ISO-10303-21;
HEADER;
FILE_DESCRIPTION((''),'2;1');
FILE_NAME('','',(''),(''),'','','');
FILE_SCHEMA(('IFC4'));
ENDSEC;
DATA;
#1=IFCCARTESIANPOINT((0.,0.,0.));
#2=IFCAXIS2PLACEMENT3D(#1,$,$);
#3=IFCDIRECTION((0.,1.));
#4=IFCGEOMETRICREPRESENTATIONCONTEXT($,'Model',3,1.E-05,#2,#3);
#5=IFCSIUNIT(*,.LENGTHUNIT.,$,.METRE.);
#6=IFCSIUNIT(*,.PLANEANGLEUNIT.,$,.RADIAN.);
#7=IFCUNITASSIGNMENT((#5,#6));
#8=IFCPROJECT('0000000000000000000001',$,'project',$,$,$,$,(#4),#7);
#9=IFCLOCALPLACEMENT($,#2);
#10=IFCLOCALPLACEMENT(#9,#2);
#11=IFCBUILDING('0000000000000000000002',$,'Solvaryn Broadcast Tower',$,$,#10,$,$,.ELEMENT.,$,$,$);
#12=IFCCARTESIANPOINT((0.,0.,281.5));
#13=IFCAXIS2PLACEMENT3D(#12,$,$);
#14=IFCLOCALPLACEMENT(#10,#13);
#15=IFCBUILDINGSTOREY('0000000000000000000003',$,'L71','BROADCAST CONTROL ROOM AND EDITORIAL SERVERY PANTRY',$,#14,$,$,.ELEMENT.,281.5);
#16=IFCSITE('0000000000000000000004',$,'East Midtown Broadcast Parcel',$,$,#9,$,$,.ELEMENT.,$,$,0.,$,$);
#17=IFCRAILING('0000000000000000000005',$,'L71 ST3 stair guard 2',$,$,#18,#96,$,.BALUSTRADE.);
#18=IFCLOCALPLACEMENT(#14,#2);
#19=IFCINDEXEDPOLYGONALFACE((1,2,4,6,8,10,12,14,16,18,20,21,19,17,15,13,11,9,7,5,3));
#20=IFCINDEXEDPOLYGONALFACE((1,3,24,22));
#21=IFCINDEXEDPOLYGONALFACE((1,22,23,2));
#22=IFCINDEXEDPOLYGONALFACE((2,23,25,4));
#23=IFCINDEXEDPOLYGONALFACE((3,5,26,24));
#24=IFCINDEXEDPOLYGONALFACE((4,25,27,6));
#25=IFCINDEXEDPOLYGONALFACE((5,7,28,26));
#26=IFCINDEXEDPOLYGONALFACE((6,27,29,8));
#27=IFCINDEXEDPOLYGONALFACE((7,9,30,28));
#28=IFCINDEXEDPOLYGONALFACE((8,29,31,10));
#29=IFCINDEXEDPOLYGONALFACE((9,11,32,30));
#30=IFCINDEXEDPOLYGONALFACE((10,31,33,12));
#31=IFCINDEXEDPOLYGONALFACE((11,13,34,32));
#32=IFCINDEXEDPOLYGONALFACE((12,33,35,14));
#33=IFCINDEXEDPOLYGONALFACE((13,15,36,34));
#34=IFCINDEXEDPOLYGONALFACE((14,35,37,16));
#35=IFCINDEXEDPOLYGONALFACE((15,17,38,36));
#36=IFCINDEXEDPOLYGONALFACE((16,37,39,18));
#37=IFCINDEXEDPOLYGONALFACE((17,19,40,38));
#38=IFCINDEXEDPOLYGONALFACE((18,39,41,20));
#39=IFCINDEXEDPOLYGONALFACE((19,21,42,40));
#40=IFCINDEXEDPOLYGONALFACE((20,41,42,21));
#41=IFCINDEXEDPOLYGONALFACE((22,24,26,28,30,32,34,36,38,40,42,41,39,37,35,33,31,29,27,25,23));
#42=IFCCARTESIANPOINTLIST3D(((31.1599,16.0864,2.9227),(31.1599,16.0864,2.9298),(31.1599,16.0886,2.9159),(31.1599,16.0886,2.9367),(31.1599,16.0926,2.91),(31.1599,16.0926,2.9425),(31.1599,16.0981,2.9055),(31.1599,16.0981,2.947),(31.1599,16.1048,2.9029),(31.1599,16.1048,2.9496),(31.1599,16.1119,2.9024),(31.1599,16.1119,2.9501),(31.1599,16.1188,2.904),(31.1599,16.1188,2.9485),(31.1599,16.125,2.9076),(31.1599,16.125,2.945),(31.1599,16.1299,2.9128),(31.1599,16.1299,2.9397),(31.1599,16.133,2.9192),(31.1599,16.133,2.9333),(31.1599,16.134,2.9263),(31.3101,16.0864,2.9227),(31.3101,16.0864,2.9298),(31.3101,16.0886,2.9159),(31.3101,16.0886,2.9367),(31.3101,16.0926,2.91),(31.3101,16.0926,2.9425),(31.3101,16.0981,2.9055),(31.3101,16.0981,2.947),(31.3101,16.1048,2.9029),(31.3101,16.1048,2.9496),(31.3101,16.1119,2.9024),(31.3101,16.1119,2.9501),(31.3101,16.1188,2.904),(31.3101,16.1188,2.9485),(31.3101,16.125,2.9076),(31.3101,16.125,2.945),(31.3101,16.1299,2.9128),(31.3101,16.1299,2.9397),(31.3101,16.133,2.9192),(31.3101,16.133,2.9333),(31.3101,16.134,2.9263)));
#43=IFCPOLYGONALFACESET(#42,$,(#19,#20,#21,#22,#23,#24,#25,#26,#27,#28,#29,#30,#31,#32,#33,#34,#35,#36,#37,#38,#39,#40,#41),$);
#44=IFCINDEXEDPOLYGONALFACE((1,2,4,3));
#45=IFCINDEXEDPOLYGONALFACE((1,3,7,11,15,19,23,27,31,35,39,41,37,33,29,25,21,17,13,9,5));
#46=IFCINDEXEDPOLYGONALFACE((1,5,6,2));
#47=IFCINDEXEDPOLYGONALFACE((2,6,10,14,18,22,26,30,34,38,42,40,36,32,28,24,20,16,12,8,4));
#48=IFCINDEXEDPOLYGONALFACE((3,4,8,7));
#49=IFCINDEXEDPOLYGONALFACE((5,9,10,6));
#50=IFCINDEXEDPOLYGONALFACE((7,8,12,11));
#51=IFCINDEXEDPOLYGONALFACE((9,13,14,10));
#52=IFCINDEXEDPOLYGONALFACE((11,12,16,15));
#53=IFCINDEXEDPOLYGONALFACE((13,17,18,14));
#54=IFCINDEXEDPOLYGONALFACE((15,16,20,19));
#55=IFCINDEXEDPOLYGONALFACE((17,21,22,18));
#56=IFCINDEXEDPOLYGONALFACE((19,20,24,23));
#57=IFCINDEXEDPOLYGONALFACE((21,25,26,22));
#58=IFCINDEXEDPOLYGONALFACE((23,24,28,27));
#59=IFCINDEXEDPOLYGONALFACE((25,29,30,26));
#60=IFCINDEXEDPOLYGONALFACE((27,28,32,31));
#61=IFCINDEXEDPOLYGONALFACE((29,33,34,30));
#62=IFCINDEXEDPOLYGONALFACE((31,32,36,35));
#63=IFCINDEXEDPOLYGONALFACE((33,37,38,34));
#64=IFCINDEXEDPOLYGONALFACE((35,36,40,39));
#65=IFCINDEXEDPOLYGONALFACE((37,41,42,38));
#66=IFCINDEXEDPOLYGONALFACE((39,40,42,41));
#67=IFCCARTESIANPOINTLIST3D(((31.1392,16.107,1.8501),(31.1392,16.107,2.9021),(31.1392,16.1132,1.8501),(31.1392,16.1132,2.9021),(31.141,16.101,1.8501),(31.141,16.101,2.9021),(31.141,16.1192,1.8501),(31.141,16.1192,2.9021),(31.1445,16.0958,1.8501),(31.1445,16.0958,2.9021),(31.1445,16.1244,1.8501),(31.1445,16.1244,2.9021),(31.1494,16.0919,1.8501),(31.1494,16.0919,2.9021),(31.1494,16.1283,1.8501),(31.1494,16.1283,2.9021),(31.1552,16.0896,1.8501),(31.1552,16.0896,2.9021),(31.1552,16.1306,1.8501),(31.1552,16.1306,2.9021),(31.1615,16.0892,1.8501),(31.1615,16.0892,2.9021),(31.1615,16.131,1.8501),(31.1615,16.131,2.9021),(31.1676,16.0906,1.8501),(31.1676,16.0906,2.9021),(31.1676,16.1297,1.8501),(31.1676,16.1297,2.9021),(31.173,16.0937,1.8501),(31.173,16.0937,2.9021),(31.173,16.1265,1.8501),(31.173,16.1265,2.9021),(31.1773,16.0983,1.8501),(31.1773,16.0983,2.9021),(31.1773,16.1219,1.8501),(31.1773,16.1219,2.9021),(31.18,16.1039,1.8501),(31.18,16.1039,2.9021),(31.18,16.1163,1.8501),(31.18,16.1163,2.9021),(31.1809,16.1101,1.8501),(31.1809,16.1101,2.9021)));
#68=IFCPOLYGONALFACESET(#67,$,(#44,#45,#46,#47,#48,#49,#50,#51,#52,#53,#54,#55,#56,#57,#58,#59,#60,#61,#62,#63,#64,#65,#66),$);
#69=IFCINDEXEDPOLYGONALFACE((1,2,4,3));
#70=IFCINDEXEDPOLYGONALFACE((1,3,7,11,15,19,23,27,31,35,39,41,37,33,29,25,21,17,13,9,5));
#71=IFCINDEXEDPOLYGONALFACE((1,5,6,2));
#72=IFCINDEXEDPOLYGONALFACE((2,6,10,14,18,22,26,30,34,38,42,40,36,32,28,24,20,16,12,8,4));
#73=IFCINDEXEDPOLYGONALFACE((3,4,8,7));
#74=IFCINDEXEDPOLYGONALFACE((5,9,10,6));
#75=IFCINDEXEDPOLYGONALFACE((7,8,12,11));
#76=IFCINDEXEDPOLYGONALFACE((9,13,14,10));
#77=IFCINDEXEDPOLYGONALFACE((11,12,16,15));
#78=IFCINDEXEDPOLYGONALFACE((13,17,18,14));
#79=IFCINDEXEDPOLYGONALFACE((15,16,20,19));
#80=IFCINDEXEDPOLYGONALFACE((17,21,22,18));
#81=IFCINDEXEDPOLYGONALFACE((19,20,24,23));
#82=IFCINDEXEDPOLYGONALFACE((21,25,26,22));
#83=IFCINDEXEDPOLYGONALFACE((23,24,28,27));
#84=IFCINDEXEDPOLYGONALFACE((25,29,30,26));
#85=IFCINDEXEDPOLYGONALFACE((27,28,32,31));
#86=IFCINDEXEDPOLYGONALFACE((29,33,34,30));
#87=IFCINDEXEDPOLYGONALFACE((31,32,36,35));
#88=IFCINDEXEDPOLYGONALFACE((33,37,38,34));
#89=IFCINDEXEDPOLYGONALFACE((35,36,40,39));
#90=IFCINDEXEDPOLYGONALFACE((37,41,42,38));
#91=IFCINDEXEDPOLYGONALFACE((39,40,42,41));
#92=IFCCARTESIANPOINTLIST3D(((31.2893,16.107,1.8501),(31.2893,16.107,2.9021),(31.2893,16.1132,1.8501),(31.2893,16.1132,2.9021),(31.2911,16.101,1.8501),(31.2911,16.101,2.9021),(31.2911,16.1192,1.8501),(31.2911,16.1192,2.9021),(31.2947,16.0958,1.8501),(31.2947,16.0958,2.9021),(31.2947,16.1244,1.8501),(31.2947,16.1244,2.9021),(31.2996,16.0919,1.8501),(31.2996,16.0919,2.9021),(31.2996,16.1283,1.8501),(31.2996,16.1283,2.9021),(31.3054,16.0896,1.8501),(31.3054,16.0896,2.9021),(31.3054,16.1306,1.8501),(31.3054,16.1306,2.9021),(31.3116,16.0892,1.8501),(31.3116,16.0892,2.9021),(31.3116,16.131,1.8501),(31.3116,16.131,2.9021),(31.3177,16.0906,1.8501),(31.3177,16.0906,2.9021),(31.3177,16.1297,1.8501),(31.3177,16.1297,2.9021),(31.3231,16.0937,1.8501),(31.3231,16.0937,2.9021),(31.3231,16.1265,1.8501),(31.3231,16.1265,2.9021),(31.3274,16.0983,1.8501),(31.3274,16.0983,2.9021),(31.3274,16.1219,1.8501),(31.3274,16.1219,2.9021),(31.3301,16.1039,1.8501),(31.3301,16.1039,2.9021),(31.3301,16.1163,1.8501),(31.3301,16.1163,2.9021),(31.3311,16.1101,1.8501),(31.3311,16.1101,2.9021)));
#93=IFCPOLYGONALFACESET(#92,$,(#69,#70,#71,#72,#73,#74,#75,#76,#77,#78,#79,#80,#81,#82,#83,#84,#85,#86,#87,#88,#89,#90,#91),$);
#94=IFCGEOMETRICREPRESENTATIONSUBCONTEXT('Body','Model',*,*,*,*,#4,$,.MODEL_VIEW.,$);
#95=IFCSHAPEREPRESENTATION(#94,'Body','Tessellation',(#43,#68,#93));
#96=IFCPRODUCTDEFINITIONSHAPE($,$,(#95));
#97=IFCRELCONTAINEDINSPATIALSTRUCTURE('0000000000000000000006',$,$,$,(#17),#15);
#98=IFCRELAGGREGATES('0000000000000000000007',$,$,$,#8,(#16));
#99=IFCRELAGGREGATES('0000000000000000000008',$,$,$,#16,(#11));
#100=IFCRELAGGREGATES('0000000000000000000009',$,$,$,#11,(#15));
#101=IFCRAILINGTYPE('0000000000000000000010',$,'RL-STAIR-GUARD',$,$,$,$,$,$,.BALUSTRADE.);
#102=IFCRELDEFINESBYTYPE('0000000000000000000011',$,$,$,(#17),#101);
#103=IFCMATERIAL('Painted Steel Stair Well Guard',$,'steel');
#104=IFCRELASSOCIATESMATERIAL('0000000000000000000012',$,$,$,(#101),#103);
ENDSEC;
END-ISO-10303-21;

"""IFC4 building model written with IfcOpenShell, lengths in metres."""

from ifc_helpers import new_model, si_unit, direction, frame, origin, origin_2d, place, context, subcontext, project, spatial, circle, extrude, material, type_object, element, save


model = new_model("IFC4")

# Units and contexts
model_context = context("Model", 3, precision=1e-05, world=origin(), true_north=direction((0.0, 1.0)))
body_context = subcontext(model_context, "Body", "Model", "MODEL_VIEW")
ifc_project = project(units=[si_unit("LENGTHUNIT", "METRE"), si_unit("PLANEANGLEUNIT", "RADIAN")], contexts=[model_context])

# Site, building, storey
site_placement = place(None, origin())
site = spatial("IfcSite", under=ifc_project, at=site_placement, Name="East Midtown Broadcast Parcel", CompositionType="ELEMENT", RefElevation=0.0)
building_placement = place(site_placement, origin())
building = spatial("IfcBuilding", under=site, at=building_placement, Name="Solvaryn Broadcast Tower", CompositionType="ELEMENT")
storey_placement = place(building_placement, frame((0.0, 0.0, 281.5)))
storey = spatial("IfcBuildingStorey", under=building, at=storey_placement, Name="L71", Description="BROADCAST CONTROL ROOM AND EDITORIAL SERVERY PANTRY", CompositionType="ELEMENT", Elevation=281.5)

# Railing
ifc_material_1 = material(Name="Painted Steel Stair Well Guard", Category="steel")
railing_type_1 = type_object("IfcRailingType", Name="RL-STAIR-GUARD", PredefinedType="BALUSTRADE", material=ifc_material_1)
railing_1_placement = place(storey_placement, frame((31.1599, 16.1101, 1.8501)))
element("IfcRailing", 1, at=railing_1_placement, inside=storey, type_object=railing_type_1, Name="L71 ST3 stair guard 2", PredefinedType="BALUSTRADE", context=body_context, shape_type="SweptSolid", body=[
    extrude(circle(Radius=0.0239, at=origin_2d()), frame((0.0, 0.0, 1.0762), z_axis=(1.0, 0.0, 0.0), x_axis=(0.0, 1.0, 0.0)), (0.0, 0.0, 1.0), 0.1501),
    extrude(circle(Radius=0.021, at=origin_2d()), origin(), (0.0, 0.0, 1.0), 1.052),
    extrude(circle(Radius=0.021, at=origin_2d()), frame((0.1501, 0.0, 0.0)), (0.0, 0.0, 1.0), 1.052),
])

save(model, "model.ifc")
